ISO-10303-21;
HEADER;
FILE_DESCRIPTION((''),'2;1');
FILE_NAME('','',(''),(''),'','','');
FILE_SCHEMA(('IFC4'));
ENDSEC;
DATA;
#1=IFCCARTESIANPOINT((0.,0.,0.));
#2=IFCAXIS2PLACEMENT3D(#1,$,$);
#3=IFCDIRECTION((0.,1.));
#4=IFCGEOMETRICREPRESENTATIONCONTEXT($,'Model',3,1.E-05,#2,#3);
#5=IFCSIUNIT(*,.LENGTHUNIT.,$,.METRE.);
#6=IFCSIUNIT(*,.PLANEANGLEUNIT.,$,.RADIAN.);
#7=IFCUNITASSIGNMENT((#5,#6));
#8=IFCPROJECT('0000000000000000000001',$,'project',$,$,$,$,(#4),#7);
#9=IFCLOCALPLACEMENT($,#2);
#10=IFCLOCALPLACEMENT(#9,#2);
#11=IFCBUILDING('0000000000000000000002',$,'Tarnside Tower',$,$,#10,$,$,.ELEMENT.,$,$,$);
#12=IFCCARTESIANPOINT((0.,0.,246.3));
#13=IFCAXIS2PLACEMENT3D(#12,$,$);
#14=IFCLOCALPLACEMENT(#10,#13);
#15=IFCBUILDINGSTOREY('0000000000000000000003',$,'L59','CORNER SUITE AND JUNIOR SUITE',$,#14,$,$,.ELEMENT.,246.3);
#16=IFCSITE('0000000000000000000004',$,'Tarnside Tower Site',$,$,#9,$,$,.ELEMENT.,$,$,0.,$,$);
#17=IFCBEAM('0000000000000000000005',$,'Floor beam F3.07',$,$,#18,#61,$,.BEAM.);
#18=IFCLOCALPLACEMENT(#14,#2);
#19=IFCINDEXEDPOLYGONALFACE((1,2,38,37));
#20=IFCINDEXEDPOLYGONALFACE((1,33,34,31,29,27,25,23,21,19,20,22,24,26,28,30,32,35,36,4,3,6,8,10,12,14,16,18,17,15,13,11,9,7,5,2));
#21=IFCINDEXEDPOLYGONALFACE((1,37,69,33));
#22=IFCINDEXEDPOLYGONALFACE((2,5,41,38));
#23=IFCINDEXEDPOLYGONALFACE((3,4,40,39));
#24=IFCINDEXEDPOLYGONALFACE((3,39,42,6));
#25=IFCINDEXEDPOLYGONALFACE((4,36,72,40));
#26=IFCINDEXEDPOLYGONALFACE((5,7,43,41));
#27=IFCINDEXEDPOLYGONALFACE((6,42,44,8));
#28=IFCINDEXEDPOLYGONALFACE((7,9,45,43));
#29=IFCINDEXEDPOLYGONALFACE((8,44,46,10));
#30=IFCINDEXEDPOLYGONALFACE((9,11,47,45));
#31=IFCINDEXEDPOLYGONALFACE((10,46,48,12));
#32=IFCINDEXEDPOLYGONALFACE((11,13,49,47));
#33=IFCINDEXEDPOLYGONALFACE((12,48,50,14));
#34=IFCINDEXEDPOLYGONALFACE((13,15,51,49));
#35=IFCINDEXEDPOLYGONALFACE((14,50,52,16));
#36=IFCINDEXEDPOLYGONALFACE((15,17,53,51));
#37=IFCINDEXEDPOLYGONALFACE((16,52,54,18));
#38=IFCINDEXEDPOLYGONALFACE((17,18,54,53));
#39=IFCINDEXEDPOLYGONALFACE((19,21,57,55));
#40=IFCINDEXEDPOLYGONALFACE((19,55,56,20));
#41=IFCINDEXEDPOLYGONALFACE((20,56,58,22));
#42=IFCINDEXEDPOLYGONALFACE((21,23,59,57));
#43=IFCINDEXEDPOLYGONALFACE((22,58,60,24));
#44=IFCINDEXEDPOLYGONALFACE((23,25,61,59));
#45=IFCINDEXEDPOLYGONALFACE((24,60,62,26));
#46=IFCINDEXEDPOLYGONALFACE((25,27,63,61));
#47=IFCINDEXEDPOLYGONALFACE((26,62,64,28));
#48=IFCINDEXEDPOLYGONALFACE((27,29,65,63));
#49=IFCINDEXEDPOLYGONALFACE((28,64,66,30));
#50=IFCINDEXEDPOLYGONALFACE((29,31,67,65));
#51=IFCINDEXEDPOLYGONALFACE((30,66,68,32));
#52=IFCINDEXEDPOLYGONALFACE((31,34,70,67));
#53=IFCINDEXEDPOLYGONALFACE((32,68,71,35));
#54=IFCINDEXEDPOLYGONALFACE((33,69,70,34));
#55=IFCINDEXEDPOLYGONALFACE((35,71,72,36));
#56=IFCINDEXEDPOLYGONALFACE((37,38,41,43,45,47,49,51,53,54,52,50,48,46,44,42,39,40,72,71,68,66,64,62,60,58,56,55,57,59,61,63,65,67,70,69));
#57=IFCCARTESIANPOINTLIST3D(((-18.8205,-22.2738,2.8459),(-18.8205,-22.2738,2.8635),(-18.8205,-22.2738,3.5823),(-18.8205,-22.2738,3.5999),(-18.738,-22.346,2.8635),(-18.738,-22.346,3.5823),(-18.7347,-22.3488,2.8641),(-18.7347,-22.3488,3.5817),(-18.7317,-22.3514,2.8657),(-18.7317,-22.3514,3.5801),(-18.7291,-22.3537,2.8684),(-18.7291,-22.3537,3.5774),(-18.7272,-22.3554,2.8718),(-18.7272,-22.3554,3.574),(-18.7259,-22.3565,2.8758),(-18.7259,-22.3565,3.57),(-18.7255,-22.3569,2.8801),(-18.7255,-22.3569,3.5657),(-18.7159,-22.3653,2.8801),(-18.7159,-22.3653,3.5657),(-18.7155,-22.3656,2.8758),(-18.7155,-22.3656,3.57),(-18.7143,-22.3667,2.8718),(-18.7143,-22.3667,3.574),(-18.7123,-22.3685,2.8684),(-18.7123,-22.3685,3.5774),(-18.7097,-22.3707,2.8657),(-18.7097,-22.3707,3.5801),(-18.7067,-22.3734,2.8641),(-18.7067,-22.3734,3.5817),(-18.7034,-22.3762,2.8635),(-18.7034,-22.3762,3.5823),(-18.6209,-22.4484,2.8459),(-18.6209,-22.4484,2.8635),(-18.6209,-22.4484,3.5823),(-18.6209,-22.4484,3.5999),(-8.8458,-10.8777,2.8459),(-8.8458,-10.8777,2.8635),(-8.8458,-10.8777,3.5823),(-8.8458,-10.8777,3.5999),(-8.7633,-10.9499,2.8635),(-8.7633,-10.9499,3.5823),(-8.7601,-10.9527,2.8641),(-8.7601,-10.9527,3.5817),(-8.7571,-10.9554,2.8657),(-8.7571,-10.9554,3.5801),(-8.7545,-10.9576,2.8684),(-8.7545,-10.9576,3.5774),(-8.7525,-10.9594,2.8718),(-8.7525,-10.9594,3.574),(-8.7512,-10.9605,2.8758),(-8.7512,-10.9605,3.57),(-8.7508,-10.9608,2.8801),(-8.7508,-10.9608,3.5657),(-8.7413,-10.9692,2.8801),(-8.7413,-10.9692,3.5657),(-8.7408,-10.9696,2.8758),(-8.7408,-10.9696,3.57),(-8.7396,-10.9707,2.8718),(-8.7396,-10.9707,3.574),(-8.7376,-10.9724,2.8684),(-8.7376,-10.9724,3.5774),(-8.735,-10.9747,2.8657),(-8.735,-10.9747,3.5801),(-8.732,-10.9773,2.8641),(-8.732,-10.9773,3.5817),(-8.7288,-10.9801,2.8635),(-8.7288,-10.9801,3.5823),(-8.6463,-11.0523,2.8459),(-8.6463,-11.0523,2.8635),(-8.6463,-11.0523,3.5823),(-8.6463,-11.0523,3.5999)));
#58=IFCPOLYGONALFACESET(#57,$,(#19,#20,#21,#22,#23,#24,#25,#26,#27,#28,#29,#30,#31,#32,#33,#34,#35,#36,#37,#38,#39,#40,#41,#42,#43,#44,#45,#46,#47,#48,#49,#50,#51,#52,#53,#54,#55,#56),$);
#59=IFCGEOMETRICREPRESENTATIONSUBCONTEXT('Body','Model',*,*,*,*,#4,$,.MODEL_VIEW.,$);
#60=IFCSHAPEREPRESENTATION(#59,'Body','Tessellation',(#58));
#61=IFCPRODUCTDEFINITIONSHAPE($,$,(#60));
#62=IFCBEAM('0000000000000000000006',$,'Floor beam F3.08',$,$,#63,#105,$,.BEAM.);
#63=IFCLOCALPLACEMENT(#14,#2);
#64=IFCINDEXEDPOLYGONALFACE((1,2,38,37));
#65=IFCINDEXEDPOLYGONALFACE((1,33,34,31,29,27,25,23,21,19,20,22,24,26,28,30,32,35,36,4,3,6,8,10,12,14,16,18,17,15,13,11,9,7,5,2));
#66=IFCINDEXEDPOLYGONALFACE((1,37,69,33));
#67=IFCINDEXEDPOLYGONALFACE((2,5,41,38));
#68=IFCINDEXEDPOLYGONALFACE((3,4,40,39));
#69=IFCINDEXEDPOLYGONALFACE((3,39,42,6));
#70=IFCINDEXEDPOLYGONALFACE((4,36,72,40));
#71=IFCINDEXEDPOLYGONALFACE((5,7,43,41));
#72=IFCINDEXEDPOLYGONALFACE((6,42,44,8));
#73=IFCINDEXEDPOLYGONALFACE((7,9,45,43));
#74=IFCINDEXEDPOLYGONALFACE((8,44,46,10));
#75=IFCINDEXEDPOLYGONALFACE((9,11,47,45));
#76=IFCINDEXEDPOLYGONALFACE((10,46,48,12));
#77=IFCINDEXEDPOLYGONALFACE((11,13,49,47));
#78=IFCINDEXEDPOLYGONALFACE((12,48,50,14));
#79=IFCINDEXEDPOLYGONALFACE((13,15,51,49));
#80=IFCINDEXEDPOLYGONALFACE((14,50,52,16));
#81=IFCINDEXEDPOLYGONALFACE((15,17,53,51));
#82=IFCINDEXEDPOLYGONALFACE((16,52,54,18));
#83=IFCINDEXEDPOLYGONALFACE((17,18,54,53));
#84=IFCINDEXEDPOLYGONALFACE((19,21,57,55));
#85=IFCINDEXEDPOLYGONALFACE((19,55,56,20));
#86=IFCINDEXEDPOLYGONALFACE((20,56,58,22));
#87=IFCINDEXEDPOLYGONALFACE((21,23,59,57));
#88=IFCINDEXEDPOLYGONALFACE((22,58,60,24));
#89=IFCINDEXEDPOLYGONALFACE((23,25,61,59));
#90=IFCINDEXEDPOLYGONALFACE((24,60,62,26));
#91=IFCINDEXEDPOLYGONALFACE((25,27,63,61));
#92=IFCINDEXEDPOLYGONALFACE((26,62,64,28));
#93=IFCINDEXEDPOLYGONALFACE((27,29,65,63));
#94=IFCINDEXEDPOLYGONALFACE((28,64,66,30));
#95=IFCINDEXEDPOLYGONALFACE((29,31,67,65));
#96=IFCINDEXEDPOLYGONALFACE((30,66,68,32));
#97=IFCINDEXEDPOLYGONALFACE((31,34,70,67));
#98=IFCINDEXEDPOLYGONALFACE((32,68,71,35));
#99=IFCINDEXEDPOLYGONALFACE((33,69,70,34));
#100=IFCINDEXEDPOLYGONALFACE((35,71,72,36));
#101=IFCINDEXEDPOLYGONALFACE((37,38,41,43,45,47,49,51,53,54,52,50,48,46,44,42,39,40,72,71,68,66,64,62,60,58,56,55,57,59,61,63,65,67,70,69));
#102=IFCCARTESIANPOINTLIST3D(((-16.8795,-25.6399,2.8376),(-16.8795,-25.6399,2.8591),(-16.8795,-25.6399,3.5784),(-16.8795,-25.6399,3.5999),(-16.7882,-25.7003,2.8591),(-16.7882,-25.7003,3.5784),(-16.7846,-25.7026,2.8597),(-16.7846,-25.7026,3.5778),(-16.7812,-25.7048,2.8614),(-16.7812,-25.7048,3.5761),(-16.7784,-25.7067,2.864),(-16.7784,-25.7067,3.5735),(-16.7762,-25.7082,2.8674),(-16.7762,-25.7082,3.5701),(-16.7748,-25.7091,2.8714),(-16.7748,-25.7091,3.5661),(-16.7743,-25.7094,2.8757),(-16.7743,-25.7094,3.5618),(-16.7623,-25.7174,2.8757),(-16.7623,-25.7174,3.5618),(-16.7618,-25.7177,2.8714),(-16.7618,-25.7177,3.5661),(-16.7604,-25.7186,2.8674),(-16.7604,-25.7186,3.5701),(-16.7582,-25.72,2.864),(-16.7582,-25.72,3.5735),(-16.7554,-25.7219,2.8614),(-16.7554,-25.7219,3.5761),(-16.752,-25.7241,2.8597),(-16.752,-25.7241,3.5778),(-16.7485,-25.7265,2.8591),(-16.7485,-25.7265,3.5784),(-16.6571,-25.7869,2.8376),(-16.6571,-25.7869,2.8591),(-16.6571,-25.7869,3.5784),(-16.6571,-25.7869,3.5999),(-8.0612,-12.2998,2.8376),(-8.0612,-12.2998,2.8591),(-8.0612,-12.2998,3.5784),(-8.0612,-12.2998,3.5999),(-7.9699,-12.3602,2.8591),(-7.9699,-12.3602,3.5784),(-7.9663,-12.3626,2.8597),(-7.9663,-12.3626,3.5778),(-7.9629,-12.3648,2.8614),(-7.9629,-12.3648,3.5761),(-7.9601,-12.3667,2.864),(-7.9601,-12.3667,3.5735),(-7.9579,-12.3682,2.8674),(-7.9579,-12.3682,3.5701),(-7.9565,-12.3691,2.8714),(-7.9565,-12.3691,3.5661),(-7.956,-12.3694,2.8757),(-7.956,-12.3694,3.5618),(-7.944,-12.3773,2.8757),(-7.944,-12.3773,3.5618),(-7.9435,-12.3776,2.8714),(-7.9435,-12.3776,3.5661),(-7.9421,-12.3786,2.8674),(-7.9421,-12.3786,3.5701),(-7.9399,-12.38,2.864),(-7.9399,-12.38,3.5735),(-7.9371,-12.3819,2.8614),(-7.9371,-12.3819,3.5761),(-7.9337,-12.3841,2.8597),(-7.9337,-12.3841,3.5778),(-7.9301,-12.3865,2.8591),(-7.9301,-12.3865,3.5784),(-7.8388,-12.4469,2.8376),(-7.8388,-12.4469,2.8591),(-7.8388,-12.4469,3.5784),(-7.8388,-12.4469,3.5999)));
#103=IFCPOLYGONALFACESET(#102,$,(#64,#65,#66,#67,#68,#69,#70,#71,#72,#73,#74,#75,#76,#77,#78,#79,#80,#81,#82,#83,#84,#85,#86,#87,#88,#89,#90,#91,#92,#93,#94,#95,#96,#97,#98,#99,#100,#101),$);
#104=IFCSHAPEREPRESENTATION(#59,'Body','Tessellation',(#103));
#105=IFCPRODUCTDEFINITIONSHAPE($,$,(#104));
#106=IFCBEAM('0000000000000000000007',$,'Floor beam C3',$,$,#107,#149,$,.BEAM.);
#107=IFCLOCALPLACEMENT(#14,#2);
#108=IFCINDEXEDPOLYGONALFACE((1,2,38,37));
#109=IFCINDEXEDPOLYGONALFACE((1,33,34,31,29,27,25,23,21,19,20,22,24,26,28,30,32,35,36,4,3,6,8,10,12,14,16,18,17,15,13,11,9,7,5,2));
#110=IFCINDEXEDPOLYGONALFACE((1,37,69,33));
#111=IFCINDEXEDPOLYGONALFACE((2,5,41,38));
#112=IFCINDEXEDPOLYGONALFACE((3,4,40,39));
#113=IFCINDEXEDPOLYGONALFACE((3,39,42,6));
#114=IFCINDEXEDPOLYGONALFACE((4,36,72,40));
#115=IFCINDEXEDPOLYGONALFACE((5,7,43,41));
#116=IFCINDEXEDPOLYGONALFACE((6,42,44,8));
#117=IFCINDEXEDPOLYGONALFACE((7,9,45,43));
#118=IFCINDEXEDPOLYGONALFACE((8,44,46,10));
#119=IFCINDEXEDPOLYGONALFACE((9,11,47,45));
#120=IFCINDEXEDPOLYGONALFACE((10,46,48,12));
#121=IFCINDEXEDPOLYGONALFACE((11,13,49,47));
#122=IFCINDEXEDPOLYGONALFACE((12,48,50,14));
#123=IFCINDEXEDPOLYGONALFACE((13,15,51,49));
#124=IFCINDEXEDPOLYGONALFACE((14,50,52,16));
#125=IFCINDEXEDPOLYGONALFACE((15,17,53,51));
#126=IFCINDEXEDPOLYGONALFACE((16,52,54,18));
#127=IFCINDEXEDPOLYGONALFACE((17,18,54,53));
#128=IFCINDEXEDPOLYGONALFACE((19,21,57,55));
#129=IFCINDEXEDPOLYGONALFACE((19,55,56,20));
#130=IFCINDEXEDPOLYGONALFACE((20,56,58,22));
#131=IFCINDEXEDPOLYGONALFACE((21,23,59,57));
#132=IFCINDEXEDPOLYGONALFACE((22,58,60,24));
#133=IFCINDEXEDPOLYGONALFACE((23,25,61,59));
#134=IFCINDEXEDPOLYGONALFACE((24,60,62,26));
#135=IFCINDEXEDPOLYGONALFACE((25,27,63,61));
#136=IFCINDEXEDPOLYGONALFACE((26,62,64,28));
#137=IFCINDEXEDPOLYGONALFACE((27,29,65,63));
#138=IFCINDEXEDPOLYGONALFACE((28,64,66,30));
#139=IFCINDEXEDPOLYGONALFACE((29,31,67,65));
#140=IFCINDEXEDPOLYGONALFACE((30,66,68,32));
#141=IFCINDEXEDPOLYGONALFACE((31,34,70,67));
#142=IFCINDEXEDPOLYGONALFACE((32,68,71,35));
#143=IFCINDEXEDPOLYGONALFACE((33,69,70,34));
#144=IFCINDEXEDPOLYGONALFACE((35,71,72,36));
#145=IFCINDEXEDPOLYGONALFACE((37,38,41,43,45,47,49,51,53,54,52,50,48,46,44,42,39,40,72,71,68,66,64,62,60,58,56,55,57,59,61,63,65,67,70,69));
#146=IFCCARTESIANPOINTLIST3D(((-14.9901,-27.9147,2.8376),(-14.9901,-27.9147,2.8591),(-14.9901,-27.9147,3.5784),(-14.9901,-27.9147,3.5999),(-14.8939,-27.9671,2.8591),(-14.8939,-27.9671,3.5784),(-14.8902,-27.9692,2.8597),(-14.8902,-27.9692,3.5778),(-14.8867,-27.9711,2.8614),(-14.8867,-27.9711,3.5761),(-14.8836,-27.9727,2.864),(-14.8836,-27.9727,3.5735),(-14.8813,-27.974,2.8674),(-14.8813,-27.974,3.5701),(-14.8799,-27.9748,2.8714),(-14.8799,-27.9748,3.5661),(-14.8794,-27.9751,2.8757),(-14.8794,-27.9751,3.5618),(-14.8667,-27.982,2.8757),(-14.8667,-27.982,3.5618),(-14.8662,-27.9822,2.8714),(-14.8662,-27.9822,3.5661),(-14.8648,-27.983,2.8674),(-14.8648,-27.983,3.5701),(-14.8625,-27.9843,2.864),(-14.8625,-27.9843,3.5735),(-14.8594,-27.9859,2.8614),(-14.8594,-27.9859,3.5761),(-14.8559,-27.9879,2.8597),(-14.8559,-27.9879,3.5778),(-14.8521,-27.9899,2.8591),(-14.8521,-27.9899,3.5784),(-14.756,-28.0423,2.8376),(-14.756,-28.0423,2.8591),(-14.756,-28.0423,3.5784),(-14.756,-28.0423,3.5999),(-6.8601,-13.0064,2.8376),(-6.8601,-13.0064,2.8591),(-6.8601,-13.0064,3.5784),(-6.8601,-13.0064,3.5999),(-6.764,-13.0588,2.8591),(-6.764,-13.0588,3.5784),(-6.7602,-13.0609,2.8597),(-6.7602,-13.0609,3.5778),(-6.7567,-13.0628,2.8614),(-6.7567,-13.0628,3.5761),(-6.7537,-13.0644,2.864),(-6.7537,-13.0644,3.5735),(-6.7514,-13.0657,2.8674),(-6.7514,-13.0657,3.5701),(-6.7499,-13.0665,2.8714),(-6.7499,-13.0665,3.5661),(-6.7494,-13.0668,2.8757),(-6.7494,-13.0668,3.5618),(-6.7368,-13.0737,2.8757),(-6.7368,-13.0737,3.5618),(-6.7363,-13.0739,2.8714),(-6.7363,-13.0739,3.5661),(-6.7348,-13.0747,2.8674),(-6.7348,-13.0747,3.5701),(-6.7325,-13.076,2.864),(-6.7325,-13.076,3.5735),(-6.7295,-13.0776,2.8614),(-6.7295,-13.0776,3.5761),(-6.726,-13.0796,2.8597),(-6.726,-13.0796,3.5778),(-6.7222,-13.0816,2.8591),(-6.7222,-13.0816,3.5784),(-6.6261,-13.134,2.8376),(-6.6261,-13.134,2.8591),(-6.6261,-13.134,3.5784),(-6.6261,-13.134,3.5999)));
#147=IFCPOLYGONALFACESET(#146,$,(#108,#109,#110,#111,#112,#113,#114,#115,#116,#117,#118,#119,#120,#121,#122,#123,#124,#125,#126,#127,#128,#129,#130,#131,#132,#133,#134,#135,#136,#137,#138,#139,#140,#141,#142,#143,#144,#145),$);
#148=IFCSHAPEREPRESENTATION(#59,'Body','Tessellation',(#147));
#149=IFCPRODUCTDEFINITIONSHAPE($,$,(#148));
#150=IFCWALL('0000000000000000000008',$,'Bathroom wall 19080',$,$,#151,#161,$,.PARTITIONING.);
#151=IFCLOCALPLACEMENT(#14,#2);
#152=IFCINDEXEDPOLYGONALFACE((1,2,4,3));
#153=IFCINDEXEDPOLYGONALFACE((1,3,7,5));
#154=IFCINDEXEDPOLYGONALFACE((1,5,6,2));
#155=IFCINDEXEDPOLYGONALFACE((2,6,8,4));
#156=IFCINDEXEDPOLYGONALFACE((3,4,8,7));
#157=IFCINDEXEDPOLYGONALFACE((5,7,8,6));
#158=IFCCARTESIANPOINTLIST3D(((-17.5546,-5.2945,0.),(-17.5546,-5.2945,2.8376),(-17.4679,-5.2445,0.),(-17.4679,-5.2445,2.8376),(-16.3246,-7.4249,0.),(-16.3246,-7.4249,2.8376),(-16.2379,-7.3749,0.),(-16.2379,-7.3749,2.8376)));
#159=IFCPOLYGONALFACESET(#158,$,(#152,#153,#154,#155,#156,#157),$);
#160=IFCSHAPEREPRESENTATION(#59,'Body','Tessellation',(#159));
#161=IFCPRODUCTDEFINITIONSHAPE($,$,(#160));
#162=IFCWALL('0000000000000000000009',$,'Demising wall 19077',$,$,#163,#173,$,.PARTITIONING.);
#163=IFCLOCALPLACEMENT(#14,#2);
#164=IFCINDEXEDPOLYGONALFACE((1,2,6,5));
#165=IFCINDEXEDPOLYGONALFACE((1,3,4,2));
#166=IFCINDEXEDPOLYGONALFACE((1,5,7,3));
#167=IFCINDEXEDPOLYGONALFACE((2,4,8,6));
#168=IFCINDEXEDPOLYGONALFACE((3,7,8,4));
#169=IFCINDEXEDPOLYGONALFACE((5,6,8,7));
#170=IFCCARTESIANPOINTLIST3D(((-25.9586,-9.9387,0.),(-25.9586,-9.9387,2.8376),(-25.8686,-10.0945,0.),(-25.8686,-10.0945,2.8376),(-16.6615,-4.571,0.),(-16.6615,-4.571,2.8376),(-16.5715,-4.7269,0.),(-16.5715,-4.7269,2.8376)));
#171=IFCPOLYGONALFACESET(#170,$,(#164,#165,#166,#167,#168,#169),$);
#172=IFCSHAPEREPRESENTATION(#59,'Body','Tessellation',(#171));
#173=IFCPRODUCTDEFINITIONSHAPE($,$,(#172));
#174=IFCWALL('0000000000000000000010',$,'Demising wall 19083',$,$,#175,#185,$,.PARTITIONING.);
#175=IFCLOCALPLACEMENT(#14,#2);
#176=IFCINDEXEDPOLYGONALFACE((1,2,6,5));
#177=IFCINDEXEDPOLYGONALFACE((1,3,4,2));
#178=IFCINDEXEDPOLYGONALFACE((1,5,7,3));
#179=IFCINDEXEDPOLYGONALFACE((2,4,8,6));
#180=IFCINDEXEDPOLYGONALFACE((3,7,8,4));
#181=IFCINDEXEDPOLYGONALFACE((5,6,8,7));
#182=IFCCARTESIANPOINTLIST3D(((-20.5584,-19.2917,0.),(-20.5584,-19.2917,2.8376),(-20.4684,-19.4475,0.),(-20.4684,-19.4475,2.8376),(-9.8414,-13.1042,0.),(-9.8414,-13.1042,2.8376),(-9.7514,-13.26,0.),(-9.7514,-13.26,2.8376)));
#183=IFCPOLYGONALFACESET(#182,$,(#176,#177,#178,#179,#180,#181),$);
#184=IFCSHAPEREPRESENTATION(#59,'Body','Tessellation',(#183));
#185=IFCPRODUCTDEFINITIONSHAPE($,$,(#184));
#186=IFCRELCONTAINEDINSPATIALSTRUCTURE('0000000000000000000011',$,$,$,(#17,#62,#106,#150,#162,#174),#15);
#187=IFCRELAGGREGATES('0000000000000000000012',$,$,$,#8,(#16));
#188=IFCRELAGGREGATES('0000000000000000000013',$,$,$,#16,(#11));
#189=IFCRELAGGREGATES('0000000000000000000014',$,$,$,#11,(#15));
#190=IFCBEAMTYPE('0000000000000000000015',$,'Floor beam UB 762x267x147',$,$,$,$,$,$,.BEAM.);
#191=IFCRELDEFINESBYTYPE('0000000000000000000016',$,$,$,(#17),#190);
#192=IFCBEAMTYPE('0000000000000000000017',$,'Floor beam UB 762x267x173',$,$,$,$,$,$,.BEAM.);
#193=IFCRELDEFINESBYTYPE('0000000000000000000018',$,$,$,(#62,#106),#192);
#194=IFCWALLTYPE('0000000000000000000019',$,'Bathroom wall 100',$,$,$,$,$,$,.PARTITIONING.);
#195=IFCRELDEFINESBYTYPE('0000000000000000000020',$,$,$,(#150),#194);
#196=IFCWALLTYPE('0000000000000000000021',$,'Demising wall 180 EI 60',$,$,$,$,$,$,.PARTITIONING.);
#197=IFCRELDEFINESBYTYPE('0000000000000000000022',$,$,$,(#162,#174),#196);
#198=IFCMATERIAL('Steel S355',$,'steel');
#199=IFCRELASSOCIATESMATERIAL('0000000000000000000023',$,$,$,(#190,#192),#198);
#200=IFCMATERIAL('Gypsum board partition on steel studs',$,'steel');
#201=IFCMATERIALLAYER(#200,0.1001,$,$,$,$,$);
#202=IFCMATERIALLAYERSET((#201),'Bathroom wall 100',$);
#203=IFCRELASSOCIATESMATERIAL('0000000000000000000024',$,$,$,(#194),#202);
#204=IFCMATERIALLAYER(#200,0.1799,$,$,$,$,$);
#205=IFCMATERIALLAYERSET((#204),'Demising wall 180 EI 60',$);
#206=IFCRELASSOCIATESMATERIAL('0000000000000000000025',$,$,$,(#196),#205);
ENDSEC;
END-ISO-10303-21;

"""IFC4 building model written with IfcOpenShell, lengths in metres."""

from ifc_helpers import new_model, si_unit, direction, frame, frame_2d, origin, origin_2d, place, context, subcontext, project, spatial, rectangle, i_section, extrude, material, layer, layer_set, material_profile, profile_set, type_object, element, save


model = new_model("IFC4")

# Units and contexts
model_context = context("Model", 3, precision=1e-05, world=origin(), true_north=direction((0.0, 1.0)))
body_context = subcontext(model_context, "Body", "Model", "MODEL_VIEW")
ifc_project = project(units=[si_unit("LENGTHUNIT", "METRE"), si_unit("PLANEANGLEUNIT", "RADIAN")], contexts=[model_context])

# Site, building, storey
site_placement = place(None, origin())
site = spatial("IfcSite", under=ifc_project, at=site_placement, Name="Tarnside Tower Site", CompositionType="ELEMENT", RefElevation=0.0)
building_placement = place(site_placement, origin())
building = spatial("IfcBuilding", under=site, at=building_placement, Name="Tarnside Tower", CompositionType="ELEMENT")
storey_placement = place(building_placement, frame((0.0, 0.0, 246.3)))
storey = spatial("IfcBuildingStorey", under=building, at=storey_placement, Name="L59", Description="CORNER SUITE AND JUNIOR SUITE", CompositionType="ELEMENT", Elevation=246.3)

# Beams
ifc_material_1 = material(Name="Steel S355", Category="steel")
ifc_material_profile_1 = material_profile(ifc_material_1, i_section(OverallWidth=0.2651, OverallDepth=0.7539, WebThickness=0.0127, FlangeThickness=0.0176, FilletRadius=0.0166, at=origin_2d()), Name="UB 762x267x147")
ifc_profile_set_1 = profile_set([ifc_material_profile_1], Name="Steel S355")
beam_type_1 = type_object("IfcBeamType", Name="Floor beam UB 762x267x147", PredefinedType="BEAM", material=ifc_profile_set_1)
beam_1_placement = place(storey_placement, frame((-18.7207, -22.3611, 3.2229), z_axis=(0.658621, 0.752475, 0.0), x_axis=(-0.752475, 0.658621, 0.0)))
element("IfcBeam", 1, at=beam_1_placement, inside=storey, type_object=beam_type_1, Name="Floor beam F3.07", PredefinedType="BEAM", context=body_context, shape_type="SweptSolid", body=[
    extrude(i_section(OverallWidth=0.2651, OverallDepth=0.7539, WebThickness=0.0127, FlangeThickness=0.0176, FilletRadius=0.0166, at=origin_2d()), origin(), (0.0, 0.0, 1.0), 15.1448),
])
ifc_material_profile_2 = material_profile(ifc_material_1, i_section(OverallWidth=0.2666, OverallDepth=0.7622, WebThickness=0.0144, FlangeThickness=0.0215, FilletRadius=0.0166, at=origin_2d()), Name="UB 762x267x173")
ifc_profile_set_2 = profile_set([ifc_material_profile_2], Name="Steel S355")
beam_type_2 = type_object("IfcBeamType", Name="Floor beam UB 762x267x173", PredefinedType="BEAM", material=ifc_profile_set_2)
beam_2_placement = place(storey_placement, frame((-16.7683, -25.7134, 3.2188), z_axis=(0.551448, 0.83421, 0.0), x_axis=(-0.83421, 0.551448, 0.0)))
element("IfcBeam", 2, at=beam_2_placement, inside=storey, type_object=beam_type_2, Name="Floor beam F3.08", PredefinedType="BEAM", context=body_context, shape_type="SweptSolid", body=[
    extrude(i_section(OverallWidth=0.2666, OverallDepth=0.7622, WebThickness=0.0144, FlangeThickness=0.0215, FilletRadius=0.0166, at=origin_2d()), origin(), (0.0, 0.0, 1.0), 15.9912),
])
beam_3_placement = place(storey_placement, frame((-14.873, -27.9785, 3.2188), z_axis=(0.478768, 0.877942, 0.0), x_axis=(-0.877942, 0.478768, 0.0)))
element("IfcBeam", 3, at=beam_3_placement, inside=storey, type_object=beam_type_2, Name="Floor beam C3", PredefinedType="BEAM", context=body_context, shape_type="SweptSolid", body=[
    extrude(i_section(OverallWidth=0.2666, OverallDepth=0.7622, WebThickness=0.0144, FlangeThickness=0.0215, FilletRadius=0.0166, at=origin_2d()), origin(), (0.0, 0.0, 1.0), 16.981),
])

# Walls
ifc_material_2 = material(Name="Gypsum board partition on steel studs", Category="steel")
ifc_layer_1 = layer(ifc_material_2, 0.1001)
ifc_layer_set_1 = layer_set([ifc_layer_1], Name="Bathroom wall 100")
wall_type_1 = type_object("IfcWallType", Name="Bathroom wall 100", PredefinedType="PARTITIONING", material=ifc_layer_set_1)
wall_1_placement = place(storey_placement, frame((-16.2812, -7.3999, 0.0), z_axis=(0.0, 0.0, 1.0), x_axis=(-0.500003, 0.866024, 0.0)))
element("IfcWall", 4, at=wall_1_placement, inside=storey, type_object=wall_type_1, Name="Bathroom wall 19080", PredefinedType="PARTITIONING", context=body_context, shape_type="SweptSolid", body=[
    extrude(rectangle(XDim=2.46, YDim=0.1001, at=frame_2d((1.23, 0.0))), origin(), (0.0, 0.0, 1.0), 2.8376),
])
ifc_layer_2 = layer(ifc_material_2, 0.1799)
ifc_layer_set_2 = layer_set([ifc_layer_2], Name="Demising wall 180 EI 60")
wall_type_2 = type_object("IfcWallType", Name="Demising wall 180 EI 60", PredefinedType="PARTITIONING", material=ifc_layer_set_2)
wall_2_placement = place(storey_placement, frame((-25.9136, -10.0166, 0.0), z_axis=(0.0, 0.0, 1.0), x_axis=(0.866026, 0.499999, 0.0)))
element("IfcWall", 5, at=wall_2_placement, inside=storey, type_object=wall_type_2, Name="Demising wall 19077", PredefinedType="PARTITIONING", context=body_context, shape_type="SweptSolid", body=[
    extrude(rectangle(XDim=10.7354, YDim=0.1799, at=frame_2d((5.3677, 0.0))), origin(), (0.0, 0.0, 1.0), 2.8376),
])
wall_3_placement = place(storey_placement, frame((-20.5134, -19.3696, 0.0), z_axis=(0.0, 0.0, 1.0), x_axis=(0.866025, 0.500001, 0.0)))
element("IfcWall", 6, at=wall_3_placement, inside=storey, type_object=wall_type_2, Name="Demising wall 19083", PredefinedType="PARTITIONING", context=body_context, shape_type="SweptSolid", body=[
    extrude(rectangle(XDim=12.375, YDim=0.1799, at=frame_2d((6.1875, 0.0))), origin(), (0.0, 0.0, 1.0), 2.8376),
])

save(model, "model.ifc")
